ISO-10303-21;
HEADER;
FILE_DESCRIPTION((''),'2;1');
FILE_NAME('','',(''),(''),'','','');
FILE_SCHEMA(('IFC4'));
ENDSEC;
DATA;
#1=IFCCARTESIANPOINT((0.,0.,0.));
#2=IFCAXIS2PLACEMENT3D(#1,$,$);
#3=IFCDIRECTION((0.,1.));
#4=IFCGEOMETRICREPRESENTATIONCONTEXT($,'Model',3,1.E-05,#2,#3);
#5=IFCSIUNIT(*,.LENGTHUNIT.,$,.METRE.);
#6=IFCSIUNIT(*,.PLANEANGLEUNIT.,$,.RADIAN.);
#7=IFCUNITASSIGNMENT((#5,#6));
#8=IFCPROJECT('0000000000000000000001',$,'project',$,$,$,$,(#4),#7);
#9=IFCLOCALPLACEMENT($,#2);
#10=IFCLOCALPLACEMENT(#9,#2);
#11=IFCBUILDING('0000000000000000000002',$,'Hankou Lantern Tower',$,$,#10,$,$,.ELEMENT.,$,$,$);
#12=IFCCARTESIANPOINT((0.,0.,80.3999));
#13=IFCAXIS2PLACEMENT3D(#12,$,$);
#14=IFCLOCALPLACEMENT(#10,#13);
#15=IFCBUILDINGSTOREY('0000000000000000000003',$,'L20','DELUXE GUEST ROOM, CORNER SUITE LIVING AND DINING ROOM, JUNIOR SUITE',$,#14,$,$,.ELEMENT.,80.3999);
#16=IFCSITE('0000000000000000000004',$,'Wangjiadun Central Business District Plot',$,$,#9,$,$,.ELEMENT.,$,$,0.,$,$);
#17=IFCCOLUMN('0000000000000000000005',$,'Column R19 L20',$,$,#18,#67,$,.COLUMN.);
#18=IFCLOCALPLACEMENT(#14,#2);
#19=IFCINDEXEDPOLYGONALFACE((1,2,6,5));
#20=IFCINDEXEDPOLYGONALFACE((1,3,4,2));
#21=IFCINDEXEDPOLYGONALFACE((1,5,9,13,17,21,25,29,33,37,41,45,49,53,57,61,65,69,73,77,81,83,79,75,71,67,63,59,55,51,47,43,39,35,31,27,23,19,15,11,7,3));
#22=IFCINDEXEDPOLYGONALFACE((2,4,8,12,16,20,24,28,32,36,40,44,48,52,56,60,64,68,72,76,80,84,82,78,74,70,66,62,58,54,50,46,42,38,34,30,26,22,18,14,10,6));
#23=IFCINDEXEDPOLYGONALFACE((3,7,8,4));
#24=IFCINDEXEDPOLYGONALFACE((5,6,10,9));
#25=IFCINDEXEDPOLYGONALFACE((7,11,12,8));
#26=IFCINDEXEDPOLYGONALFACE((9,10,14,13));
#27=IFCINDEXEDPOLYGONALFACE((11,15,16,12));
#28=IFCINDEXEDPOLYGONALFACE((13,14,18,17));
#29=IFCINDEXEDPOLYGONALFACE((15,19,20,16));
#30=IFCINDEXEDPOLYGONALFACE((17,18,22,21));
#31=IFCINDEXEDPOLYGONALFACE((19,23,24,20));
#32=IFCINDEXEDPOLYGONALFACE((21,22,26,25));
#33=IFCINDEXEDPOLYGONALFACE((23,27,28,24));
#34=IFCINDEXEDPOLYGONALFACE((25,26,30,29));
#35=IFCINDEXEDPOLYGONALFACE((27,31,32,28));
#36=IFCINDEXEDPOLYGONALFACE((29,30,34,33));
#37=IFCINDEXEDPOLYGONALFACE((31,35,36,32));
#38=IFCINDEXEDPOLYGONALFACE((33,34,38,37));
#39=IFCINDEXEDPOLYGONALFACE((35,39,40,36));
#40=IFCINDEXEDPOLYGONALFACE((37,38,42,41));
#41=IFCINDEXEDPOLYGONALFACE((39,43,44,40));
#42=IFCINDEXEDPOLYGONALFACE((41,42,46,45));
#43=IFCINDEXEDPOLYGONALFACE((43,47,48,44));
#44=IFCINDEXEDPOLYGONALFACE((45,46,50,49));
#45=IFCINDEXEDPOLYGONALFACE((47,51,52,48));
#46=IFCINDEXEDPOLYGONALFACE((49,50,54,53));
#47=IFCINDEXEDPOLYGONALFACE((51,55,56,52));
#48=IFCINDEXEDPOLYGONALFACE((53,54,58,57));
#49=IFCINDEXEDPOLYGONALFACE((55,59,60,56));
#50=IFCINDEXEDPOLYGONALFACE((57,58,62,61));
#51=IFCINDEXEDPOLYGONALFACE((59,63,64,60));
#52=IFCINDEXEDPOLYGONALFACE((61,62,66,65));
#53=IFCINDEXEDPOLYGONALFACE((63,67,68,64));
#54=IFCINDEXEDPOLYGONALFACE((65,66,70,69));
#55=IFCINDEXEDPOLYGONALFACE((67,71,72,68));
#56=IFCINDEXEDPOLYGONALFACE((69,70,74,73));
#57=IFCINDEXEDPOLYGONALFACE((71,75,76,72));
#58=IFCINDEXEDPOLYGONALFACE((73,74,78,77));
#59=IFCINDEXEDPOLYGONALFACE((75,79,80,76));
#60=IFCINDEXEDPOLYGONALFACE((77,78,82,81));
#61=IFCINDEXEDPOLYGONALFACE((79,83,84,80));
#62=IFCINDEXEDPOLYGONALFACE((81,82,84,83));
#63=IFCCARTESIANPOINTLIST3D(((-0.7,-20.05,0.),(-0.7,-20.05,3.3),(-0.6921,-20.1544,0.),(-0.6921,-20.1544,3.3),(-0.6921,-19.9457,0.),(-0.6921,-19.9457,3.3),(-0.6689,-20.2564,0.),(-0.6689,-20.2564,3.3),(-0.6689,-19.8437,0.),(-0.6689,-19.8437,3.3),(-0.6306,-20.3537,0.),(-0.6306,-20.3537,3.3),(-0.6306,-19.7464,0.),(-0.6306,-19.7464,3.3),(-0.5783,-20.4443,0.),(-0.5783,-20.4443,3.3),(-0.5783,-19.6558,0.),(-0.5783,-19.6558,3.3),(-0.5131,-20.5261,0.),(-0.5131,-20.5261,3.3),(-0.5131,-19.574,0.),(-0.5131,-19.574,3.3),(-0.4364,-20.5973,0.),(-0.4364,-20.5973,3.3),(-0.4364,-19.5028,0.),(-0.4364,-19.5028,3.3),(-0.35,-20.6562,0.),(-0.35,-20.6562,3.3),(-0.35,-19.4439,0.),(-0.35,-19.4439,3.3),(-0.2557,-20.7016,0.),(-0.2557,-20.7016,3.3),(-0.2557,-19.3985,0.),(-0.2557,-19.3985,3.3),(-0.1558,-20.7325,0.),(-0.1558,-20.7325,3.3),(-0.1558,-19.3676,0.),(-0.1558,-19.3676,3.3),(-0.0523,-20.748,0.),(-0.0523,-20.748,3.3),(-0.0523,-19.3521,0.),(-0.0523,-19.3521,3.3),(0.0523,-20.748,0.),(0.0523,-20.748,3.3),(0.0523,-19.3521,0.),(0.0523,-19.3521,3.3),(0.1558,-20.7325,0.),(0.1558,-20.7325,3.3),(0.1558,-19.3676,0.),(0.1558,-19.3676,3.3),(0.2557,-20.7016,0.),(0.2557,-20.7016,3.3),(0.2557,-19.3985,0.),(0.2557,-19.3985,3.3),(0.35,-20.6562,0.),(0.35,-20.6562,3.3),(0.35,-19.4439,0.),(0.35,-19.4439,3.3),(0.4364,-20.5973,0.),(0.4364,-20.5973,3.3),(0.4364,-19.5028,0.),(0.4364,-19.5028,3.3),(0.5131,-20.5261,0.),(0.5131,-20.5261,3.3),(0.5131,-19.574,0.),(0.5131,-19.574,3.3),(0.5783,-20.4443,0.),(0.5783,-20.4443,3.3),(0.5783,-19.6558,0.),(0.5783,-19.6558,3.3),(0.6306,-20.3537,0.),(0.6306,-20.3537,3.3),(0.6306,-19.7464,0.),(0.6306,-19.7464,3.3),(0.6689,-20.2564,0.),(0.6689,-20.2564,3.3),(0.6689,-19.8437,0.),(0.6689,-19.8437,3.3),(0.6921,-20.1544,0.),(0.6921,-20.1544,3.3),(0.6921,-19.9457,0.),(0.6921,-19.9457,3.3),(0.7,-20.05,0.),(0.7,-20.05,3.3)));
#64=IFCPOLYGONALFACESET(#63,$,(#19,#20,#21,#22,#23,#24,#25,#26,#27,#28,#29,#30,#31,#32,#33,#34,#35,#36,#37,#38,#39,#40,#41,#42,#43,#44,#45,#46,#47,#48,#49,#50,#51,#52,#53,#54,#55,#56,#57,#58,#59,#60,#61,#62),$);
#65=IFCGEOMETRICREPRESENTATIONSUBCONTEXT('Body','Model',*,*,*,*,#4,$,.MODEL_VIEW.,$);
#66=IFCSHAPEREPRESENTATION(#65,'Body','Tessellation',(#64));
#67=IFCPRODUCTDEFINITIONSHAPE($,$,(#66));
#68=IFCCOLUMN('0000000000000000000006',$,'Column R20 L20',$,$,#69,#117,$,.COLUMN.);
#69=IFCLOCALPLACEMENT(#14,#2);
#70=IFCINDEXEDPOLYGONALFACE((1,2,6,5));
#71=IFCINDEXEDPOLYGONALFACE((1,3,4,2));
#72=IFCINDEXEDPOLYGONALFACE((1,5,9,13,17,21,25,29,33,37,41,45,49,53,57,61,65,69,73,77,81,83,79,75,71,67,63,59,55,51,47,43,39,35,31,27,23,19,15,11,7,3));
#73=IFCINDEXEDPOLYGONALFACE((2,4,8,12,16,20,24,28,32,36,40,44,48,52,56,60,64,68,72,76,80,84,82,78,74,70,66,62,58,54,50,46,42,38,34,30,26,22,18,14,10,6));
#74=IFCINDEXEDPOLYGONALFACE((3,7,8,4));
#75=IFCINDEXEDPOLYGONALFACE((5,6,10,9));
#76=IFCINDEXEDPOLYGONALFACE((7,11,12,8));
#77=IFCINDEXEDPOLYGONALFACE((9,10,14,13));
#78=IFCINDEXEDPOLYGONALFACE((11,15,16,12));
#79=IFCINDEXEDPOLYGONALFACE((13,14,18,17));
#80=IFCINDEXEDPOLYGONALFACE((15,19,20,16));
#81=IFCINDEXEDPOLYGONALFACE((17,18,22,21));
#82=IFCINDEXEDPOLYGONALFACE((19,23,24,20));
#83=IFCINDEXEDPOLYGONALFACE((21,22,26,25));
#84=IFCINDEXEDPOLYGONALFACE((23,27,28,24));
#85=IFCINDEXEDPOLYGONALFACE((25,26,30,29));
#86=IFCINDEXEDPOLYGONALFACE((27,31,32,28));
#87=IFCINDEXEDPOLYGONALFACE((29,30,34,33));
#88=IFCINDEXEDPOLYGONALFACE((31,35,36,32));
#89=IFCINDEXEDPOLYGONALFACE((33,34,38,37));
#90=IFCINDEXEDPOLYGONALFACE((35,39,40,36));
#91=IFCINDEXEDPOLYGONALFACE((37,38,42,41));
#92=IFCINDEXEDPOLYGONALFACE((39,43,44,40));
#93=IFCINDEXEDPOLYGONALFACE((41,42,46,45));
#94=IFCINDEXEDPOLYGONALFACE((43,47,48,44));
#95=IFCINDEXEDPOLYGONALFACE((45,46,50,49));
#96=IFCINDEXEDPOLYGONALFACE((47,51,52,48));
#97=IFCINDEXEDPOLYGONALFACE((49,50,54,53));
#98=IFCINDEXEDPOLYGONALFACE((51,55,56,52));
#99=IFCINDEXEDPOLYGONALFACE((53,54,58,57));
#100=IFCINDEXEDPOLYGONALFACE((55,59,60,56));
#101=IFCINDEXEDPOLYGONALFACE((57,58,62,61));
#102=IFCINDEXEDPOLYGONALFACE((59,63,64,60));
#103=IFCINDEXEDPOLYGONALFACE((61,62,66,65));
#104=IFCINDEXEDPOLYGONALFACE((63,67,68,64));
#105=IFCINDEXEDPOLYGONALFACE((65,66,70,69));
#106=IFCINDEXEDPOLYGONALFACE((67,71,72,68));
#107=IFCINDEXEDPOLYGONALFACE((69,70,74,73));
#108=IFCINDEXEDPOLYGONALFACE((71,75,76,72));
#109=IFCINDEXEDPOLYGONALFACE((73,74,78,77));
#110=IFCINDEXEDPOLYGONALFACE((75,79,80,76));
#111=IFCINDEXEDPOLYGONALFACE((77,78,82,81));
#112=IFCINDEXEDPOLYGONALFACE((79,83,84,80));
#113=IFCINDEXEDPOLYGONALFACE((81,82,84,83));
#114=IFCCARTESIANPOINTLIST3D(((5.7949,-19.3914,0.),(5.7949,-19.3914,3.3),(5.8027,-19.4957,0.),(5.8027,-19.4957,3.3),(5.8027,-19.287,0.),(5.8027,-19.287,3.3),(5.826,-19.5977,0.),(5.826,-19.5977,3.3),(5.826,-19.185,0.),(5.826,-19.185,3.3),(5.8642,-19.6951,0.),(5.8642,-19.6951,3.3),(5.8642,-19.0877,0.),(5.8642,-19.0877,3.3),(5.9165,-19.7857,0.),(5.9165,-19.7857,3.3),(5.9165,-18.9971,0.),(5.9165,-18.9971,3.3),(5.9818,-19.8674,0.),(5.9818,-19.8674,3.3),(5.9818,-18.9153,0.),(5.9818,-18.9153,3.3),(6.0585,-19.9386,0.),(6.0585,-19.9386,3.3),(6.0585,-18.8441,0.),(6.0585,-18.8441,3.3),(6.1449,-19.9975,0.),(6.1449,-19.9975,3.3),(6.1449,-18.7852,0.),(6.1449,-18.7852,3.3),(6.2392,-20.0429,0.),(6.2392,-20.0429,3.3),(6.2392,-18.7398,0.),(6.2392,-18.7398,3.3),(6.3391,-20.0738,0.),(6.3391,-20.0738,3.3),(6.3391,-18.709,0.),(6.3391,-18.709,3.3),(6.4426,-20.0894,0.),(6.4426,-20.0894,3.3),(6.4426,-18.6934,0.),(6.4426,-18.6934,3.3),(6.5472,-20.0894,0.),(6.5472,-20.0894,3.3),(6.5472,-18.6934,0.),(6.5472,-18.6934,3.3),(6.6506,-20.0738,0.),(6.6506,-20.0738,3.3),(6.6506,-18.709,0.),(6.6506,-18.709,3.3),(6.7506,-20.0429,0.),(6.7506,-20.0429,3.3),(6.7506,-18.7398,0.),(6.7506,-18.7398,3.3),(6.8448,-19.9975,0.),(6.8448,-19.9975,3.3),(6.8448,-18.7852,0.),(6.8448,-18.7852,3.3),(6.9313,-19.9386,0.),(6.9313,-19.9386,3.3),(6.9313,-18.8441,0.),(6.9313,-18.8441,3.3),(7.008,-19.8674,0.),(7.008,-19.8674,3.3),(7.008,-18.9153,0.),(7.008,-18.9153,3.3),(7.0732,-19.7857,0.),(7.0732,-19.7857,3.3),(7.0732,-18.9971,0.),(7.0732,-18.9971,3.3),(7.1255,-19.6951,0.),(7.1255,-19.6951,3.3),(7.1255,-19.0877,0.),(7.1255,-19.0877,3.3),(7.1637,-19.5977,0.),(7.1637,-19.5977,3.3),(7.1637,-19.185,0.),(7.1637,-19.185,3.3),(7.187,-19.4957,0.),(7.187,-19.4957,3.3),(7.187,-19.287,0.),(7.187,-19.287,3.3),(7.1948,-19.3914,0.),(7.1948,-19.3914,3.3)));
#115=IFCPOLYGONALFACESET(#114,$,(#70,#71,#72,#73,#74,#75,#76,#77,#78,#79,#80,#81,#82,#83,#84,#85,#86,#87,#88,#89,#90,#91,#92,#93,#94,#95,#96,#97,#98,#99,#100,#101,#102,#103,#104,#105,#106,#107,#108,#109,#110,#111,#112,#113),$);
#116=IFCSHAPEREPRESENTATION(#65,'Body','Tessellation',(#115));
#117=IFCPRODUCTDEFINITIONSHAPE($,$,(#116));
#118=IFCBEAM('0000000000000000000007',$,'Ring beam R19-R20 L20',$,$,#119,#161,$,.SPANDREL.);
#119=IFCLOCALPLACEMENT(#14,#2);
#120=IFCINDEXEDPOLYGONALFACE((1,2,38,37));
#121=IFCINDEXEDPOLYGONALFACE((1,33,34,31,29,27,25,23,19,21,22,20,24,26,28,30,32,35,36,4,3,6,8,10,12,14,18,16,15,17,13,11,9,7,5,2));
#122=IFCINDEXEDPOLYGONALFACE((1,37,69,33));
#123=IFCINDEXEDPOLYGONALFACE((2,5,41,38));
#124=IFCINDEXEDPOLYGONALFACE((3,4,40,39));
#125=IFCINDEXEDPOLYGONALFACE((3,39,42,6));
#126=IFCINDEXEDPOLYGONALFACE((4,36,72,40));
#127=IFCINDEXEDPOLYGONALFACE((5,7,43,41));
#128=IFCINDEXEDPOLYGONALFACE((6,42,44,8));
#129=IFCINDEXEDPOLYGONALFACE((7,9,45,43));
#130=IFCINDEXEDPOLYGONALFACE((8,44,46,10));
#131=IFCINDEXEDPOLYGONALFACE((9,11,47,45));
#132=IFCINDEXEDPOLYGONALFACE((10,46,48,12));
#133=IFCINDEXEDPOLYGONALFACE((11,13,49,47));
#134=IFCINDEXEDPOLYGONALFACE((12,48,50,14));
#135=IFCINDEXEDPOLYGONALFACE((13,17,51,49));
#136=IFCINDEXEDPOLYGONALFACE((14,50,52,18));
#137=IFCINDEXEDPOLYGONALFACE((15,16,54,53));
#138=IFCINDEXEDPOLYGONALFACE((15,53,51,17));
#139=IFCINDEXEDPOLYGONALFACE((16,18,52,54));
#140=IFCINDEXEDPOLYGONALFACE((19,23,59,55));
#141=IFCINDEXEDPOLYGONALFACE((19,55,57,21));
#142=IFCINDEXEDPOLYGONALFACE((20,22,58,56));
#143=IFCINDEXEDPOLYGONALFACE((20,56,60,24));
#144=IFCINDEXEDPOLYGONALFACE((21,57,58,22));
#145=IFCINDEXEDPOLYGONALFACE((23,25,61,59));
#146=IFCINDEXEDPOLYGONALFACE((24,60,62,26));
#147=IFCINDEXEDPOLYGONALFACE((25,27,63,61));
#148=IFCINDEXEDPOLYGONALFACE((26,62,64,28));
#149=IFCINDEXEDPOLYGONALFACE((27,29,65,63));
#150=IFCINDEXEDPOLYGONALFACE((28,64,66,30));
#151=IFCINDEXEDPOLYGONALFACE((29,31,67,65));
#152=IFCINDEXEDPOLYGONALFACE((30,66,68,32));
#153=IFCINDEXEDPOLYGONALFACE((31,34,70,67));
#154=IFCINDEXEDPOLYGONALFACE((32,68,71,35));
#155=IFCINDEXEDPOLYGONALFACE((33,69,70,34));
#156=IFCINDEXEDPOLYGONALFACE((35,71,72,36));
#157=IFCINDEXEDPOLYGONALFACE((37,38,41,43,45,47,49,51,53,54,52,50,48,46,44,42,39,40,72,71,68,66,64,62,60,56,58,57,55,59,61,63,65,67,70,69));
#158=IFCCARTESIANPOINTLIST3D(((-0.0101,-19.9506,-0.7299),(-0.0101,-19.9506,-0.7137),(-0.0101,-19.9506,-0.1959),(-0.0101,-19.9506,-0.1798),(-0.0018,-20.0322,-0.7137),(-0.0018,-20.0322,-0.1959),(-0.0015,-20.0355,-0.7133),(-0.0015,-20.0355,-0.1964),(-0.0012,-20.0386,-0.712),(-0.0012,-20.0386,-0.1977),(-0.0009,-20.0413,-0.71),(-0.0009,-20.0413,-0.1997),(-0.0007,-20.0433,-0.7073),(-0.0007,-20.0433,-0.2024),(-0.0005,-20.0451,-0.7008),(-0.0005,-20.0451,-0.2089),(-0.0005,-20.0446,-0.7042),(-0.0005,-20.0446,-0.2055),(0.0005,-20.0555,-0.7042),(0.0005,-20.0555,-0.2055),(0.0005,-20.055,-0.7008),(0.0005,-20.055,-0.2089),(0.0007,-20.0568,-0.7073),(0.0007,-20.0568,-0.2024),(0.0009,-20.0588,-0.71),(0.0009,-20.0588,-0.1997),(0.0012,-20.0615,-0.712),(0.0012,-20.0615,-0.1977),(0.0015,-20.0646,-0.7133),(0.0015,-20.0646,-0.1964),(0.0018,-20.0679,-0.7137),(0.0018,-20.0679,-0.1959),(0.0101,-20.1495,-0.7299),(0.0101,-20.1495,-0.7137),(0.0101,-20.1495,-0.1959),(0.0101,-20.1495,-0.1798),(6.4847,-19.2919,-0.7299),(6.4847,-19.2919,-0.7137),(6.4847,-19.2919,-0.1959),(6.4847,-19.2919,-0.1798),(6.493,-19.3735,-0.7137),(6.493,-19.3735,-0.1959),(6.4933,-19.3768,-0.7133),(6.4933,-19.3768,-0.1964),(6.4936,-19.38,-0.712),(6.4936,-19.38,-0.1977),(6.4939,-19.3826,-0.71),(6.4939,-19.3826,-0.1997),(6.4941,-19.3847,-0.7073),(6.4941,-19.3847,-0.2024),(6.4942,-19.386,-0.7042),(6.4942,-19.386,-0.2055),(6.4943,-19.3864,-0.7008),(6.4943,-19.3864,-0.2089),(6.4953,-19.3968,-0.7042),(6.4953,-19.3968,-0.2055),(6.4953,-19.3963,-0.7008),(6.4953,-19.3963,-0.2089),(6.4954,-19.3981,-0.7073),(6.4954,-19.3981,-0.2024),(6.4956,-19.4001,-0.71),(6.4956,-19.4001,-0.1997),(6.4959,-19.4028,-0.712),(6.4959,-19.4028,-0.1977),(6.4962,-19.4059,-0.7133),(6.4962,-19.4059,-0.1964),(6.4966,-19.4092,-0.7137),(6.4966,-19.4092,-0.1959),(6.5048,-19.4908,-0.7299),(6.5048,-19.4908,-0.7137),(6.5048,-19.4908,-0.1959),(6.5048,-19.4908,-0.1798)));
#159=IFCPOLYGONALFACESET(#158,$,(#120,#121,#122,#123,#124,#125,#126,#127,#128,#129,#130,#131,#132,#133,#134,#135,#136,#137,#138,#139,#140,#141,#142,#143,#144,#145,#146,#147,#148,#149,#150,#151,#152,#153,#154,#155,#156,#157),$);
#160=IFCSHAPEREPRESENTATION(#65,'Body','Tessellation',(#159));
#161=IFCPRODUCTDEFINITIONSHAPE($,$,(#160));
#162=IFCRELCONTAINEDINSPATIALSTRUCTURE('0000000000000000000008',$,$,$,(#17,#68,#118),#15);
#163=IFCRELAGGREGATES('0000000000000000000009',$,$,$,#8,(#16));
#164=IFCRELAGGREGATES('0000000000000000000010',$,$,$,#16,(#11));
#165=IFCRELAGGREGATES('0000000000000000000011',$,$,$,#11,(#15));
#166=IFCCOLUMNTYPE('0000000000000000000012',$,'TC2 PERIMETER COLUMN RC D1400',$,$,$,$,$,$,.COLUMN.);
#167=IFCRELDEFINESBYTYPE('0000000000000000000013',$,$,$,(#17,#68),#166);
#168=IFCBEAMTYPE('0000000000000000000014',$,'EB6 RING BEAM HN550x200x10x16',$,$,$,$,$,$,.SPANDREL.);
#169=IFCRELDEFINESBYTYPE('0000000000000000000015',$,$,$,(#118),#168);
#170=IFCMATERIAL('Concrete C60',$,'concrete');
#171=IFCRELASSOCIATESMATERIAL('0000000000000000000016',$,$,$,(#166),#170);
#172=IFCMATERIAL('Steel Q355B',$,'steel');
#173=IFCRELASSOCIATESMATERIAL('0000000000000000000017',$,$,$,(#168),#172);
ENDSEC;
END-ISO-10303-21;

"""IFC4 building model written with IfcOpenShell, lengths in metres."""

from ifc_helpers import new_model, si_unit, direction, frame, origin, origin_2d, place, context, subcontext, project, spatial, circle, i_section, extrude, material, material_profile, profile_set, type_object, element, save


model = new_model("IFC4")

# Units and contexts
model_context = context("Model", 3, precision=1e-05, world=origin(), true_north=direction((0.0, 1.0)))
body_context = subcontext(model_context, "Body", "Model", "MODEL_VIEW")
ifc_project = project(units=[si_unit("LENGTHUNIT", "METRE"), si_unit("PLANEANGLEUNIT", "RADIAN")], contexts=[model_context])

# Site, building, storey
site_placement = place(None, origin())
site = spatial("IfcSite", under=ifc_project, at=site_placement, Name="Wangjiadun Central Business District Plot", CompositionType="ELEMENT", RefElevation=0.0)
building_placement = place(site_placement, origin())
building = spatial("IfcBuilding", under=site, at=building_placement, Name="Hankou Lantern Tower", CompositionType="ELEMENT")
storey_placement = place(building_placement, frame((0.0, 0.0, 80.3999)))
storey = spatial("IfcBuildingStorey", under=building, at=storey_placement, Name="L20", Description="DELUXE GUEST ROOM, CORNER SUITE LIVING AND DINING ROOM, JUNIOR SUITE", CompositionType="ELEMENT", Elevation=80.3999)

# Columns
ifc_material_1 = material(Name="Concrete C60", Category="concrete")
ifc_material_profile_1 = material_profile(ifc_material_1, circle(Radius=0.7, at=origin_2d()), Name="RC D1400")
ifc_profile_set_1 = profile_set([ifc_material_profile_1], Name="Concrete C60")
column_type = type_object("IfcColumnType", Name="TC2 PERIMETER COLUMN RC D1400", PredefinedType="COLUMN", material=ifc_profile_set_1)
for number, where, z_axis, x_axis, name in (
    (1, (0.0, -20.05, 0.0), (0.0, 0.0, 1.0), (1.0, 0.0, 0.0), "Column R19 L20"),
    (2, (6.4949, -19.3914, 0.0), (0.0, 0.0, 1.0), (1.0, 0.0, 0.0), "Column R20 L20"),
):
    element("IfcColumn", number, at=place(storey_placement, frame(where, z_axis=z_axis, x_axis=x_axis)), inside=storey, type_object=column_type, Name=name, PredefinedType="COLUMN", context=body_context, shape_type="SweptSolid", body=[
        extrude(circle(Radius=0.7, at=origin_2d()), origin(), (0.0, 0.0, 1.0), 3.3),
    ])

# Beam
ifc_material_2 = material(Name="Steel Q355B", Category="steel")
ifc_material_profile_2 = material_profile(ifc_material_2, i_section(OverallWidth=0.2, OverallDepth=0.55, WebThickness=0.01, FlangeThickness=0.0161, FilletRadius=0.0129, at=origin_2d()), Name="HN550x200x10x16")
ifc_profile_set_2 = profile_set([ifc_material_profile_2], Name="Steel Q355B")
beam_type_1 = type_object("IfcBeamType", Name="EB6 RING BEAM HN550x200x10x16", PredefinedType="SPANDREL", material=ifc_profile_set_2)
beam_1_placement = place(storey_placement, frame((0.0, -20.05, -0.4548), z_axis=(0.994897, 0.1009, 0.0), x_axis=(-0.1009, 0.994897, 0.0)))
element("IfcBeam", 3, at=beam_1_placement, inside=storey, type_object=beam_type_1, Name="Ring beam R19-R20 L20", PredefinedType="SPANDREL", context=body_context, shape_type="SweptSolid", body=[
    extrude(i_section(OverallWidth=0.2, OverallDepth=0.55, WebThickness=0.01, FlangeThickness=0.0161, FilletRadius=0.0129, at=origin_2d()), origin(), (0.0, 0.0, 1.0), 6.5281),
])

save(model, "model.ifc")
